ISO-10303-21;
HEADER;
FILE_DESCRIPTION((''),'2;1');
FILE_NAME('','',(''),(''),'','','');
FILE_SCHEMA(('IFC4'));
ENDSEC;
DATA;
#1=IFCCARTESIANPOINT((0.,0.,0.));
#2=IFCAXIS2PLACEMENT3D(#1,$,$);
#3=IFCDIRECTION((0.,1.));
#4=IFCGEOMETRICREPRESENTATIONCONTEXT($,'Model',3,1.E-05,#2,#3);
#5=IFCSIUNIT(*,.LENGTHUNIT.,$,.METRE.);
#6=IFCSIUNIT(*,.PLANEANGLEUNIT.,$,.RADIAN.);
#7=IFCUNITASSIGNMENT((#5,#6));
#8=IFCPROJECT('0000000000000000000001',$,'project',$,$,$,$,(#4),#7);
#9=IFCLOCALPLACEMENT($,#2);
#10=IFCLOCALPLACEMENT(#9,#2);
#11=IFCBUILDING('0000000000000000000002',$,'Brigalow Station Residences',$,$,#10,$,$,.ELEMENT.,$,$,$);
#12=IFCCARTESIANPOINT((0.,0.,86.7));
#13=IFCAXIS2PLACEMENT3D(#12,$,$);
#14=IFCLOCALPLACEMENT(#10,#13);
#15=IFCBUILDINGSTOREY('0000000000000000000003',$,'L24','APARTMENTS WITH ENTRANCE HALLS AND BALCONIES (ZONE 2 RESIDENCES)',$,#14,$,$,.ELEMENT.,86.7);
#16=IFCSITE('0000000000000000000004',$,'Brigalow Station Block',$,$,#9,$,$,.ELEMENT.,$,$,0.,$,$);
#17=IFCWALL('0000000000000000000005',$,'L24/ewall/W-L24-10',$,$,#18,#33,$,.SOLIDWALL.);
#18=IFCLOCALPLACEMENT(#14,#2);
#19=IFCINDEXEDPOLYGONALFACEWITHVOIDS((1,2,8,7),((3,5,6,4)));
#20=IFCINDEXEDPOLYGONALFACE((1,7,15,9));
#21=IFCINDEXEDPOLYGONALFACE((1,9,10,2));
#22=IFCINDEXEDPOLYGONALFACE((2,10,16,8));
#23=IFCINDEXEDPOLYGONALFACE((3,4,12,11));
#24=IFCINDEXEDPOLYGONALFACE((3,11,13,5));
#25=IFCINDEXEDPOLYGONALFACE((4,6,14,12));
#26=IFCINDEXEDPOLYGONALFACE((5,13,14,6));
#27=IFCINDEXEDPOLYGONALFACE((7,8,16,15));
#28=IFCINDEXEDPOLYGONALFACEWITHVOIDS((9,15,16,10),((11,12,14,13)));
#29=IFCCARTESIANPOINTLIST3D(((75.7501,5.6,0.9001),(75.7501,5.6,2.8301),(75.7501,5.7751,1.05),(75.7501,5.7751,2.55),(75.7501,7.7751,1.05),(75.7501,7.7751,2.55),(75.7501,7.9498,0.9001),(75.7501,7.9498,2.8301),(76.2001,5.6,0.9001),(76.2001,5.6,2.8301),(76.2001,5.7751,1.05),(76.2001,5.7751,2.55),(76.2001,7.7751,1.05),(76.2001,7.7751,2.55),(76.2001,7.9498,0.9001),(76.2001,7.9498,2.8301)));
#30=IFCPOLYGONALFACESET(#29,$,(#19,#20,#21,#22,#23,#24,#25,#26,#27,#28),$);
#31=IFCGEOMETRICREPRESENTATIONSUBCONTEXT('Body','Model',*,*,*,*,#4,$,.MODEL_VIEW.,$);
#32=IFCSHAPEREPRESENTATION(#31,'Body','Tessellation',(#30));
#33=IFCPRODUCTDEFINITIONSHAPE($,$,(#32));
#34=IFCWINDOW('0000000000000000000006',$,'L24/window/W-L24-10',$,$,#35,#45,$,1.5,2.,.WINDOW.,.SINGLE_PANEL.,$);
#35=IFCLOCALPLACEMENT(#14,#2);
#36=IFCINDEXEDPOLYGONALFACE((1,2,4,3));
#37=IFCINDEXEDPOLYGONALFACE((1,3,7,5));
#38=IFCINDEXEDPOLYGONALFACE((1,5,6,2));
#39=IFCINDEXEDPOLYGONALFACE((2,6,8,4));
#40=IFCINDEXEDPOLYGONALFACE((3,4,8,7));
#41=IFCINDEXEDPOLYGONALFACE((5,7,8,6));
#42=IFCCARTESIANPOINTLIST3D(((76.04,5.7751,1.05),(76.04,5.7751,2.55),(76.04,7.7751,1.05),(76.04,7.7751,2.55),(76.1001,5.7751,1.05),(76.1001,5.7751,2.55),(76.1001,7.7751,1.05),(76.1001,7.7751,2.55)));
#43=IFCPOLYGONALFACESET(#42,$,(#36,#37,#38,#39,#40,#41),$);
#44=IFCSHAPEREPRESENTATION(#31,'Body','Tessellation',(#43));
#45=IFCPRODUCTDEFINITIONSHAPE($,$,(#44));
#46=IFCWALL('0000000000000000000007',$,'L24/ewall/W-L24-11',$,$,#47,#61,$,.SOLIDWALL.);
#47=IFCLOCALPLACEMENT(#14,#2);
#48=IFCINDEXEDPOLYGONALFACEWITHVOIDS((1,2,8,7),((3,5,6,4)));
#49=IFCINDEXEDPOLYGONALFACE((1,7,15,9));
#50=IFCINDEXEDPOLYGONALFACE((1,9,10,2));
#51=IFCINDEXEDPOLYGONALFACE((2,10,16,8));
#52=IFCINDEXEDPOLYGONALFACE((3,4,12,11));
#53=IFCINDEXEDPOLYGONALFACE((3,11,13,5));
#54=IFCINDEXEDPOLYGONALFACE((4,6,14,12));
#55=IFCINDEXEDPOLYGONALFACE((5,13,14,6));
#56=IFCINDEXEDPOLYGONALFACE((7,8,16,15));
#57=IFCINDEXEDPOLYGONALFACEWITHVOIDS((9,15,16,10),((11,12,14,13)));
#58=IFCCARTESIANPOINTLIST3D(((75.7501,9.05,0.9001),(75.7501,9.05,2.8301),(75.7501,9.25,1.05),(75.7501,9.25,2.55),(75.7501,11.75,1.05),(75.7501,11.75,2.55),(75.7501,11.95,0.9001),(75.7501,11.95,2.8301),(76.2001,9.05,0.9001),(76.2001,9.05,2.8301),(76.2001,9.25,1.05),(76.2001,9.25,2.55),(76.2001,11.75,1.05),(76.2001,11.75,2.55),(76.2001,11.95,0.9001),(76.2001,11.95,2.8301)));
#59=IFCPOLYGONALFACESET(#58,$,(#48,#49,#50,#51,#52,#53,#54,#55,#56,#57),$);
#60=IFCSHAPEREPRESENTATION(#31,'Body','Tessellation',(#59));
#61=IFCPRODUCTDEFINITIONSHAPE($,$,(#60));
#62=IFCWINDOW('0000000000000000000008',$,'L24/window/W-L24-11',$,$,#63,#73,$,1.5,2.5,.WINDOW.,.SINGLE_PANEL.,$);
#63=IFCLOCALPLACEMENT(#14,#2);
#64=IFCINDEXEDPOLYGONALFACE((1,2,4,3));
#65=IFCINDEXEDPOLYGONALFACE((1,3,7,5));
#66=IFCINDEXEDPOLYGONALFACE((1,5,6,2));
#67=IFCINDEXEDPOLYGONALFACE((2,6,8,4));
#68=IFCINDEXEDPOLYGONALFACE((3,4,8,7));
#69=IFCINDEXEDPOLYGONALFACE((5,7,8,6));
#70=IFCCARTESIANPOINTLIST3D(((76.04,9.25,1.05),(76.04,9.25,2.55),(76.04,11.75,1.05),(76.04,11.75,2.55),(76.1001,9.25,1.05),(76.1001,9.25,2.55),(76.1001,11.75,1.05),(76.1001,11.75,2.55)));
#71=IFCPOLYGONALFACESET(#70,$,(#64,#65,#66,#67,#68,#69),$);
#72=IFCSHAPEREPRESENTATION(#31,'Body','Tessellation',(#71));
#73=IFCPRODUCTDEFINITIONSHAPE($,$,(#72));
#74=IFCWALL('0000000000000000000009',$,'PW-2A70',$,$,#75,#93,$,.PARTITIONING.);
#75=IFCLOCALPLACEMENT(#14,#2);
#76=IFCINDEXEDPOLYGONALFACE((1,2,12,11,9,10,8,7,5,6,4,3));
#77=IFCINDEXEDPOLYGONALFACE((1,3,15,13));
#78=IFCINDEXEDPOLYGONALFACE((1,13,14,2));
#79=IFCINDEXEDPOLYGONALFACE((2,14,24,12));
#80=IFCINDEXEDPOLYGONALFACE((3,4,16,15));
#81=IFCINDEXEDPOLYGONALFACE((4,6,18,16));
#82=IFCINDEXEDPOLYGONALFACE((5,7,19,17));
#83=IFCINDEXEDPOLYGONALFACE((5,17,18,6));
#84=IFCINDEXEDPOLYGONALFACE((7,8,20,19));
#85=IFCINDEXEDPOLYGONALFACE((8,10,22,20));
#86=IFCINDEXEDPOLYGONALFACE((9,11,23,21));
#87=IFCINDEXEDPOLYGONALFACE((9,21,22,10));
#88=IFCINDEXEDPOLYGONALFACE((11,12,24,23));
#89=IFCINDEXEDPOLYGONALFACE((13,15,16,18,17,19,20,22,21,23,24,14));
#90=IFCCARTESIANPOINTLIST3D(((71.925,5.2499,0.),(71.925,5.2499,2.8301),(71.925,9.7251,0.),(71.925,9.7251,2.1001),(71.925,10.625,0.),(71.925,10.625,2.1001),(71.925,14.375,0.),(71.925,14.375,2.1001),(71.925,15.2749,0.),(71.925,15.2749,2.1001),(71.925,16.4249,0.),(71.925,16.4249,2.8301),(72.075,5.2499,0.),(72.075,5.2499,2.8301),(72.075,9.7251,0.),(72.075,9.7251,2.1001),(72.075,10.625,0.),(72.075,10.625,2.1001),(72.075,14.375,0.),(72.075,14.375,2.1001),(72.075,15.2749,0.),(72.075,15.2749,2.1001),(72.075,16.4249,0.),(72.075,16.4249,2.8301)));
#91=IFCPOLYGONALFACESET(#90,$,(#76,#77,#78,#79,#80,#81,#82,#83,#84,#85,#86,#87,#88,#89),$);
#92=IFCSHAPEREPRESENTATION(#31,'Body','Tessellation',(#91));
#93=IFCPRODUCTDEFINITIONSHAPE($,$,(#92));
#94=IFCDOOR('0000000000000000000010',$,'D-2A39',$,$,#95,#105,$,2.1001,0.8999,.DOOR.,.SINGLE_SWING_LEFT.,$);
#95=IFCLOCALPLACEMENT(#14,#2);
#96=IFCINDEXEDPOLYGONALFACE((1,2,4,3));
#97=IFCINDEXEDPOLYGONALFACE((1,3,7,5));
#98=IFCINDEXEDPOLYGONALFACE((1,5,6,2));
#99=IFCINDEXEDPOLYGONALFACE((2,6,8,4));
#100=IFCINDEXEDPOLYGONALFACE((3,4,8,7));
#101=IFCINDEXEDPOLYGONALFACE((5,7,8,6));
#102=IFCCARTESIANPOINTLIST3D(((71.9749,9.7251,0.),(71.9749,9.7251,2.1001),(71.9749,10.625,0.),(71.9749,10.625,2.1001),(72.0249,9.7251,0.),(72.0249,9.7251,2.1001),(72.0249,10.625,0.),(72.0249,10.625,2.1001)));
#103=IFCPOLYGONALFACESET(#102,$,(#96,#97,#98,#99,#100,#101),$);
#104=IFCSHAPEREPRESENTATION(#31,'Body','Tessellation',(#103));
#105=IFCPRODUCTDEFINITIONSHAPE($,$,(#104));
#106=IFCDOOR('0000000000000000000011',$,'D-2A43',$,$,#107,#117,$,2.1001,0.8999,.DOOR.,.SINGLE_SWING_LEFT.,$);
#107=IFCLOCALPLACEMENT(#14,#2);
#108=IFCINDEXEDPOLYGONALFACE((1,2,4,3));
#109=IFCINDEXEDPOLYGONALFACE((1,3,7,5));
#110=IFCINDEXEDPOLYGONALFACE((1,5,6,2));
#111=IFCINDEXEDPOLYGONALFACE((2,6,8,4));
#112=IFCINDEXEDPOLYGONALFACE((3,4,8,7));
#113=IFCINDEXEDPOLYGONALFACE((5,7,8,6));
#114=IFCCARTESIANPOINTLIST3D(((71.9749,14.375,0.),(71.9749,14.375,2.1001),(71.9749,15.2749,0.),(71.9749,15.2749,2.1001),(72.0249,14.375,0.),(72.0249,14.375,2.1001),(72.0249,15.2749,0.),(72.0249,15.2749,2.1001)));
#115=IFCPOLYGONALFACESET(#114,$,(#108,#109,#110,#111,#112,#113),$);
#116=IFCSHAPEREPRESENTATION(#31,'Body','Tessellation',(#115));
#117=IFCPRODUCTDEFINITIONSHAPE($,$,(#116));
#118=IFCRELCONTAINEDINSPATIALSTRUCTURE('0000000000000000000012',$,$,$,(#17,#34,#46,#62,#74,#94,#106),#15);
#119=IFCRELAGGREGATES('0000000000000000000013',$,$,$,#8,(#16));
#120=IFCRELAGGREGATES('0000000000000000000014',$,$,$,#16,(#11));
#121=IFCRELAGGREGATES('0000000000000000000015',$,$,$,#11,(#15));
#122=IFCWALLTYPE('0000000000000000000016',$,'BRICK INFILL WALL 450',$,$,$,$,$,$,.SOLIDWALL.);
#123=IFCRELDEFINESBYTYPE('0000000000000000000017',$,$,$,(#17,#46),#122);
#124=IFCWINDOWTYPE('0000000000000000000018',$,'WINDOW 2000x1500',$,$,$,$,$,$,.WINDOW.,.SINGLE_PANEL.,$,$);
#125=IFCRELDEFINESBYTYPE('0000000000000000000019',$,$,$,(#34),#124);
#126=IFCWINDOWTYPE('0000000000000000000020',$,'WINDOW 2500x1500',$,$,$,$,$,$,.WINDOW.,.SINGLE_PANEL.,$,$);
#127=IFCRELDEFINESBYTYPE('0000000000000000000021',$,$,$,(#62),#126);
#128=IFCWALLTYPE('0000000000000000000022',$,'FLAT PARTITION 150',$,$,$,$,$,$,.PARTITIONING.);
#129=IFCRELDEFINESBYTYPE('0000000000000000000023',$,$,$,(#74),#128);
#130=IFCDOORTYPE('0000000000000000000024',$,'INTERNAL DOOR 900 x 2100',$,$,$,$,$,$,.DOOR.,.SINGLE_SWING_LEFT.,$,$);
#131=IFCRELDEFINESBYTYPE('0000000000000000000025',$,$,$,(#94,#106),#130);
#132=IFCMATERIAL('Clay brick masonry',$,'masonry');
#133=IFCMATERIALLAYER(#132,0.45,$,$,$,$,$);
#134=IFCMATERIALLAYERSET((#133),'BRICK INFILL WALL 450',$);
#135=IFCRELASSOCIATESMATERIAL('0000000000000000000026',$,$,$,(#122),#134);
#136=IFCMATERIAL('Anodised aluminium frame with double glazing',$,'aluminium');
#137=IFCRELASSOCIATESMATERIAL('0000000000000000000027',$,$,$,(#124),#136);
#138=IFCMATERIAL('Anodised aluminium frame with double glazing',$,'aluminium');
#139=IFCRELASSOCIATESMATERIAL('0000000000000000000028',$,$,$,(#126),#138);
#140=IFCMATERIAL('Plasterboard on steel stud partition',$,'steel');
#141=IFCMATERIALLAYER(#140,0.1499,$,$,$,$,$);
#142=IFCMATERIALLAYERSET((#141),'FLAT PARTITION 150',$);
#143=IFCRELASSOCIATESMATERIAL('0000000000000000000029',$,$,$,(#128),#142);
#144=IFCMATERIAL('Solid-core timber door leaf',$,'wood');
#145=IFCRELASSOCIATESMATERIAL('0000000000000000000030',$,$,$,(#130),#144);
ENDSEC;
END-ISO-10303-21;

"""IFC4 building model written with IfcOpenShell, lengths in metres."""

from ifc_helpers import new_model, si_unit, direction, frame, frame_2d, origin, place, context, subcontext, project, spatial, rectangle, extrude, material, layer, layer_set, type_object, element, fill, save


model = new_model("IFC4")

# Units and contexts
model_context = context("Model", 3, precision=1e-05, world=origin(), true_north=direction((0.0, 1.0)))
body_context = subcontext(model_context, "Body", "Model", "MODEL_VIEW")
ifc_project = project(units=[si_unit("LENGTHUNIT", "METRE"), si_unit("PLANEANGLEUNIT", "RADIAN")], contexts=[model_context])

# Site, building, storey
site_placement = place(None, origin())
site = spatial("IfcSite", under=ifc_project, at=site_placement, Name="Brigalow Station Block", CompositionType="ELEMENT", RefElevation=0.0)
building_placement = place(site_placement, origin())
building = spatial("IfcBuilding", under=site, at=building_placement, Name="Brigalow Station Residences", CompositionType="ELEMENT")
storey_placement = place(building_placement, frame((0.0, 0.0, 86.7)))
storey = spatial("IfcBuildingStorey", under=building, at=storey_placement, Name="L24", Description="APARTMENTS WITH ENTRANCE HALLS AND BALCONIES (ZONE 2 RESIDENCES)", CompositionType="ELEMENT", Elevation=86.7)

# Walls, openings, windows
ifc_material_1 = material(Name="Clay brick masonry", Category="masonry")
ifc_layer_1 = layer(ifc_material_1, 0.45)
ifc_layer_set_1 = layer_set([ifc_layer_1], Name="BRICK INFILL WALL 450")
wall_type_1 = type_object("IfcWallType", Name="BRICK INFILL WALL 450", PredefinedType="SOLIDWALL", material=ifc_layer_set_1)
wall_1_placement = place(storey_placement, frame((75.9751, 5.6001, 0.9001), z_axis=(0.0, 0.0, 1.0), x_axis=(0.0, 1.0, 0.0)))
wall_1 = element("IfcWall", 1, at=wall_1_placement, inside=storey, type_object=wall_type_1, Name="L24/ewall/W-L24-10", PredefinedType="SOLIDWALL", context=body_context, shape_type="SweptSolid", body=[
    extrude(rectangle(XDim=2.3499, YDim=0.45, at=frame_2d((1.1748, 0.0))), origin(), (0.0, 0.0, 1.0), 1.9299),
])
opening_1_placement = place(wall_1_placement, frame((0.175, 0.0, 0.1499)))
opening_1 = element("IfcOpeningElement", 2, at=opening_1_placement, cuts=wall_1, PredefinedType="OPENING", context=body_context, shape_type="SweptSolid", body=[
    extrude(rectangle(XDim=2.0, YDim=1.5, at=frame_2d((1.0, 0.75))), frame((0.0, 0.2349, 0.0), z_axis=(0.0, -1.0, 0.0), x_axis=(1.0, 0.0, 0.0)), (0.0, 0.0, 1.0), 0.47),
])
ifc_material_2 = material(Name="Anodised aluminium frame with double glazing", Category="aluminium")
window_type_1 = type_object("IfcWindowType", Name="WINDOW 2000x1500", PartitioningType="SINGLE_PANEL", PredefinedType="WINDOW", material=ifc_material_2)
window_1_placement = place(opening_1_placement, origin())
window_1 = element("IfcWindow", 3, at=window_1_placement, inside=storey, type_object=window_type_1, Name="L24/window/W-L24-10", OverallHeight=1.5, OverallWidth=2.0, PartitioningType="SINGLE_PANEL", PredefinedType="WINDOW", context=body_context, shape_type="SweptSolid", body=[
    extrude(rectangle(XDim=2.0, YDim=1.5, at=frame_2d((1.0, 0.75))), frame((0.0, -0.0649, 0.0), z_axis=(0.0, -1.0, 0.0), x_axis=(1.0, 0.0, 0.0)), (0.0, 0.0, 1.0), 0.0601),
])
fill(opening_1, window_1)
wall_2_placement = place(storey_placement, frame((75.9751, 9.05, 0.9001), z_axis=(0.0, 0.0, 1.0), x_axis=(0.0, 1.0, 0.0)))
wall_2 = element("IfcWall", 4, at=wall_2_placement, inside=storey, type_object=wall_type_1, Name="L24/ewall/W-L24-11", PredefinedType="SOLIDWALL", context=body_context, shape_type="SweptSolid", body=[
    extrude(rectangle(XDim=2.8999, YDim=0.45, at=frame_2d((1.45, 0.0))), origin(), (0.0, 0.0, 1.0), 1.9299),
])
opening_2_placement = place(wall_2_placement, frame((0.2, 0.0, 0.1499)))
opening_2 = element("IfcOpeningElement", 5, at=opening_2_placement, cuts=wall_2, PredefinedType="OPENING", context=body_context, shape_type="SweptSolid", body=[
    extrude(rectangle(XDim=2.5, YDim=1.5, at=frame_2d((1.25, 0.75))), frame((0.0, 0.2349, 0.0), z_axis=(0.0, -1.0, 0.0), x_axis=(1.0, 0.0, 0.0)), (0.0, 0.0, 1.0), 0.47),
])
ifc_material_3 = material(Name="Anodised aluminium frame with double glazing", Category="aluminium")
window_type_2 = type_object("IfcWindowType", Name="WINDOW 2500x1500", PartitioningType="SINGLE_PANEL", PredefinedType="WINDOW", material=ifc_material_3)
window_2_placement = place(opening_2_placement, origin())
window_2 = element("IfcWindow", 6, at=window_2_placement, inside=storey, type_object=window_type_2, Name="L24/window/W-L24-11", OverallHeight=1.5, OverallWidth=2.5, PartitioningType="SINGLE_PANEL", PredefinedType="WINDOW", context=body_context, shape_type="SweptSolid", body=[
    extrude(rectangle(XDim=2.5, YDim=1.5, at=frame_2d((1.25, 0.75))), frame((0.0, -0.0649, 0.0), z_axis=(0.0, -1.0, 0.0), x_axis=(1.0, 0.0, 0.0)), (0.0, 0.0, 1.0), 0.0601),
])
fill(opening_2, window_2)

# Wall, openings, doors
ifc_material_4 = material(Name="Plasterboard on steel stud partition", Category="steel")
ifc_layer_2 = layer(ifc_material_4, 0.1499)
ifc_layer_set_2 = layer_set([ifc_layer_2], Name="FLAT PARTITION 150")
wall_type_2 = type_object("IfcWallType", Name="FLAT PARTITION 150", PredefinedType="PARTITIONING", material=ifc_layer_set_2)
wall_3_placement = place(storey_placement, frame((72.0, 5.25, 0.0), z_axis=(0.0, 0.0, 1.0), x_axis=(0.0, 1.0, 0.0)))
wall_3 = element("IfcWall", 7, at=wall_3_placement, inside=storey, type_object=wall_type_2, Name="PW-2A70", PredefinedType="PARTITIONING", context=body_context, shape_type="SweptSolid", body=[
    extrude(rectangle(XDim=11.175, YDim=0.1499, at=frame_2d((5.5874, 0.0))), origin(), (0.0, 0.0, 1.0), 2.8301),
])
opening_3_placement = place(wall_3_placement, frame((4.4751, 0.0, 0.0)))
opening_3 = element("IfcOpeningElement", 8, at=opening_3_placement, cuts=wall_3, PredefinedType="OPENING", context=body_context, shape_type="SweptSolid", body=[
    extrude(rectangle(XDim=0.8999, YDim=2.1001, at=frame_2d((0.45, 1.05))), frame((0.0, 0.085, 0.0), z_axis=(0.0, -1.0, 0.0), x_axis=(1.0, 0.0, 0.0)), (0.0, 0.0, 1.0), 0.1699),
])
opening_4_placement = place(wall_3_placement, frame((9.125, 0.0, 0.0)))
opening_4 = element("IfcOpeningElement", 9, at=opening_4_placement, cuts=wall_3, PredefinedType="OPENING", context=body_context, shape_type="SweptSolid", body=[
    extrude(rectangle(XDim=0.8999, YDim=2.1001, at=frame_2d((0.45, 1.05))), frame((0.0, 0.085, 0.0), z_axis=(0.0, -1.0, 0.0), x_axis=(1.0, 0.0, 0.0)), (0.0, 0.0, 1.0), 0.1699),
])
ifc_material_5 = material(Name="Solid-core timber door leaf", Category="wood")
door_type = type_object("IfcDoorType", Name="INTERNAL DOOR 900 x 2100", OperationType="SINGLE_SWING_LEFT", PredefinedType="DOOR", material=ifc_material_5)
door_1_placement = place(opening_3_placement, frame((0.8999, 0.0, 0.0), z_axis=(0.0, 0.0, 1.0), x_axis=(-1.0, 0.0, 0.0)))
door_1 = element("IfcDoor", 10, at=door_1_placement, inside=storey, type_object=door_type, Name="D-2A39", OperationType="SINGLE_SWING_LEFT", OverallHeight=2.1001, OverallWidth=0.8999, PredefinedType="DOOR", context=body_context, shape_type="SweptSolid", body=[
    extrude(rectangle(XDim=0.8999, YDim=2.1001, at=frame_2d((0.45, 1.05))), frame((0.0, 0.0249, 0.0), z_axis=(0.0, -1.0, 0.0), x_axis=(1.0, 0.0, 0.0)), (0.0, 0.0, 1.0), 0.05),
])
fill(opening_3, door_1)
door_2_placement = place(opening_4_placement, frame((0.8999, 0.0, 0.0), z_axis=(0.0, 0.0, 1.0), x_axis=(-1.0, 0.0, 0.0)))
door_2 = element("IfcDoor", 11, at=door_2_placement, inside=storey, type_object=door_type, Name="D-2A43", OperationType="SINGLE_SWING_LEFT", OverallHeight=2.1001, OverallWidth=0.8999, PredefinedType="DOOR", context=body_context, shape_type="SweptSolid", body=[
    extrude(rectangle(XDim=0.8999, YDim=2.1001, at=frame_2d((0.45, 1.05))), frame((0.0, 0.0249, 0.0), z_axis=(0.0, -1.0, 0.0), x_axis=(1.0, 0.0, 0.0)), (0.0, 0.0, 1.0), 0.05),
])
fill(opening_4, door_2)

save(model, "model.ifc")
